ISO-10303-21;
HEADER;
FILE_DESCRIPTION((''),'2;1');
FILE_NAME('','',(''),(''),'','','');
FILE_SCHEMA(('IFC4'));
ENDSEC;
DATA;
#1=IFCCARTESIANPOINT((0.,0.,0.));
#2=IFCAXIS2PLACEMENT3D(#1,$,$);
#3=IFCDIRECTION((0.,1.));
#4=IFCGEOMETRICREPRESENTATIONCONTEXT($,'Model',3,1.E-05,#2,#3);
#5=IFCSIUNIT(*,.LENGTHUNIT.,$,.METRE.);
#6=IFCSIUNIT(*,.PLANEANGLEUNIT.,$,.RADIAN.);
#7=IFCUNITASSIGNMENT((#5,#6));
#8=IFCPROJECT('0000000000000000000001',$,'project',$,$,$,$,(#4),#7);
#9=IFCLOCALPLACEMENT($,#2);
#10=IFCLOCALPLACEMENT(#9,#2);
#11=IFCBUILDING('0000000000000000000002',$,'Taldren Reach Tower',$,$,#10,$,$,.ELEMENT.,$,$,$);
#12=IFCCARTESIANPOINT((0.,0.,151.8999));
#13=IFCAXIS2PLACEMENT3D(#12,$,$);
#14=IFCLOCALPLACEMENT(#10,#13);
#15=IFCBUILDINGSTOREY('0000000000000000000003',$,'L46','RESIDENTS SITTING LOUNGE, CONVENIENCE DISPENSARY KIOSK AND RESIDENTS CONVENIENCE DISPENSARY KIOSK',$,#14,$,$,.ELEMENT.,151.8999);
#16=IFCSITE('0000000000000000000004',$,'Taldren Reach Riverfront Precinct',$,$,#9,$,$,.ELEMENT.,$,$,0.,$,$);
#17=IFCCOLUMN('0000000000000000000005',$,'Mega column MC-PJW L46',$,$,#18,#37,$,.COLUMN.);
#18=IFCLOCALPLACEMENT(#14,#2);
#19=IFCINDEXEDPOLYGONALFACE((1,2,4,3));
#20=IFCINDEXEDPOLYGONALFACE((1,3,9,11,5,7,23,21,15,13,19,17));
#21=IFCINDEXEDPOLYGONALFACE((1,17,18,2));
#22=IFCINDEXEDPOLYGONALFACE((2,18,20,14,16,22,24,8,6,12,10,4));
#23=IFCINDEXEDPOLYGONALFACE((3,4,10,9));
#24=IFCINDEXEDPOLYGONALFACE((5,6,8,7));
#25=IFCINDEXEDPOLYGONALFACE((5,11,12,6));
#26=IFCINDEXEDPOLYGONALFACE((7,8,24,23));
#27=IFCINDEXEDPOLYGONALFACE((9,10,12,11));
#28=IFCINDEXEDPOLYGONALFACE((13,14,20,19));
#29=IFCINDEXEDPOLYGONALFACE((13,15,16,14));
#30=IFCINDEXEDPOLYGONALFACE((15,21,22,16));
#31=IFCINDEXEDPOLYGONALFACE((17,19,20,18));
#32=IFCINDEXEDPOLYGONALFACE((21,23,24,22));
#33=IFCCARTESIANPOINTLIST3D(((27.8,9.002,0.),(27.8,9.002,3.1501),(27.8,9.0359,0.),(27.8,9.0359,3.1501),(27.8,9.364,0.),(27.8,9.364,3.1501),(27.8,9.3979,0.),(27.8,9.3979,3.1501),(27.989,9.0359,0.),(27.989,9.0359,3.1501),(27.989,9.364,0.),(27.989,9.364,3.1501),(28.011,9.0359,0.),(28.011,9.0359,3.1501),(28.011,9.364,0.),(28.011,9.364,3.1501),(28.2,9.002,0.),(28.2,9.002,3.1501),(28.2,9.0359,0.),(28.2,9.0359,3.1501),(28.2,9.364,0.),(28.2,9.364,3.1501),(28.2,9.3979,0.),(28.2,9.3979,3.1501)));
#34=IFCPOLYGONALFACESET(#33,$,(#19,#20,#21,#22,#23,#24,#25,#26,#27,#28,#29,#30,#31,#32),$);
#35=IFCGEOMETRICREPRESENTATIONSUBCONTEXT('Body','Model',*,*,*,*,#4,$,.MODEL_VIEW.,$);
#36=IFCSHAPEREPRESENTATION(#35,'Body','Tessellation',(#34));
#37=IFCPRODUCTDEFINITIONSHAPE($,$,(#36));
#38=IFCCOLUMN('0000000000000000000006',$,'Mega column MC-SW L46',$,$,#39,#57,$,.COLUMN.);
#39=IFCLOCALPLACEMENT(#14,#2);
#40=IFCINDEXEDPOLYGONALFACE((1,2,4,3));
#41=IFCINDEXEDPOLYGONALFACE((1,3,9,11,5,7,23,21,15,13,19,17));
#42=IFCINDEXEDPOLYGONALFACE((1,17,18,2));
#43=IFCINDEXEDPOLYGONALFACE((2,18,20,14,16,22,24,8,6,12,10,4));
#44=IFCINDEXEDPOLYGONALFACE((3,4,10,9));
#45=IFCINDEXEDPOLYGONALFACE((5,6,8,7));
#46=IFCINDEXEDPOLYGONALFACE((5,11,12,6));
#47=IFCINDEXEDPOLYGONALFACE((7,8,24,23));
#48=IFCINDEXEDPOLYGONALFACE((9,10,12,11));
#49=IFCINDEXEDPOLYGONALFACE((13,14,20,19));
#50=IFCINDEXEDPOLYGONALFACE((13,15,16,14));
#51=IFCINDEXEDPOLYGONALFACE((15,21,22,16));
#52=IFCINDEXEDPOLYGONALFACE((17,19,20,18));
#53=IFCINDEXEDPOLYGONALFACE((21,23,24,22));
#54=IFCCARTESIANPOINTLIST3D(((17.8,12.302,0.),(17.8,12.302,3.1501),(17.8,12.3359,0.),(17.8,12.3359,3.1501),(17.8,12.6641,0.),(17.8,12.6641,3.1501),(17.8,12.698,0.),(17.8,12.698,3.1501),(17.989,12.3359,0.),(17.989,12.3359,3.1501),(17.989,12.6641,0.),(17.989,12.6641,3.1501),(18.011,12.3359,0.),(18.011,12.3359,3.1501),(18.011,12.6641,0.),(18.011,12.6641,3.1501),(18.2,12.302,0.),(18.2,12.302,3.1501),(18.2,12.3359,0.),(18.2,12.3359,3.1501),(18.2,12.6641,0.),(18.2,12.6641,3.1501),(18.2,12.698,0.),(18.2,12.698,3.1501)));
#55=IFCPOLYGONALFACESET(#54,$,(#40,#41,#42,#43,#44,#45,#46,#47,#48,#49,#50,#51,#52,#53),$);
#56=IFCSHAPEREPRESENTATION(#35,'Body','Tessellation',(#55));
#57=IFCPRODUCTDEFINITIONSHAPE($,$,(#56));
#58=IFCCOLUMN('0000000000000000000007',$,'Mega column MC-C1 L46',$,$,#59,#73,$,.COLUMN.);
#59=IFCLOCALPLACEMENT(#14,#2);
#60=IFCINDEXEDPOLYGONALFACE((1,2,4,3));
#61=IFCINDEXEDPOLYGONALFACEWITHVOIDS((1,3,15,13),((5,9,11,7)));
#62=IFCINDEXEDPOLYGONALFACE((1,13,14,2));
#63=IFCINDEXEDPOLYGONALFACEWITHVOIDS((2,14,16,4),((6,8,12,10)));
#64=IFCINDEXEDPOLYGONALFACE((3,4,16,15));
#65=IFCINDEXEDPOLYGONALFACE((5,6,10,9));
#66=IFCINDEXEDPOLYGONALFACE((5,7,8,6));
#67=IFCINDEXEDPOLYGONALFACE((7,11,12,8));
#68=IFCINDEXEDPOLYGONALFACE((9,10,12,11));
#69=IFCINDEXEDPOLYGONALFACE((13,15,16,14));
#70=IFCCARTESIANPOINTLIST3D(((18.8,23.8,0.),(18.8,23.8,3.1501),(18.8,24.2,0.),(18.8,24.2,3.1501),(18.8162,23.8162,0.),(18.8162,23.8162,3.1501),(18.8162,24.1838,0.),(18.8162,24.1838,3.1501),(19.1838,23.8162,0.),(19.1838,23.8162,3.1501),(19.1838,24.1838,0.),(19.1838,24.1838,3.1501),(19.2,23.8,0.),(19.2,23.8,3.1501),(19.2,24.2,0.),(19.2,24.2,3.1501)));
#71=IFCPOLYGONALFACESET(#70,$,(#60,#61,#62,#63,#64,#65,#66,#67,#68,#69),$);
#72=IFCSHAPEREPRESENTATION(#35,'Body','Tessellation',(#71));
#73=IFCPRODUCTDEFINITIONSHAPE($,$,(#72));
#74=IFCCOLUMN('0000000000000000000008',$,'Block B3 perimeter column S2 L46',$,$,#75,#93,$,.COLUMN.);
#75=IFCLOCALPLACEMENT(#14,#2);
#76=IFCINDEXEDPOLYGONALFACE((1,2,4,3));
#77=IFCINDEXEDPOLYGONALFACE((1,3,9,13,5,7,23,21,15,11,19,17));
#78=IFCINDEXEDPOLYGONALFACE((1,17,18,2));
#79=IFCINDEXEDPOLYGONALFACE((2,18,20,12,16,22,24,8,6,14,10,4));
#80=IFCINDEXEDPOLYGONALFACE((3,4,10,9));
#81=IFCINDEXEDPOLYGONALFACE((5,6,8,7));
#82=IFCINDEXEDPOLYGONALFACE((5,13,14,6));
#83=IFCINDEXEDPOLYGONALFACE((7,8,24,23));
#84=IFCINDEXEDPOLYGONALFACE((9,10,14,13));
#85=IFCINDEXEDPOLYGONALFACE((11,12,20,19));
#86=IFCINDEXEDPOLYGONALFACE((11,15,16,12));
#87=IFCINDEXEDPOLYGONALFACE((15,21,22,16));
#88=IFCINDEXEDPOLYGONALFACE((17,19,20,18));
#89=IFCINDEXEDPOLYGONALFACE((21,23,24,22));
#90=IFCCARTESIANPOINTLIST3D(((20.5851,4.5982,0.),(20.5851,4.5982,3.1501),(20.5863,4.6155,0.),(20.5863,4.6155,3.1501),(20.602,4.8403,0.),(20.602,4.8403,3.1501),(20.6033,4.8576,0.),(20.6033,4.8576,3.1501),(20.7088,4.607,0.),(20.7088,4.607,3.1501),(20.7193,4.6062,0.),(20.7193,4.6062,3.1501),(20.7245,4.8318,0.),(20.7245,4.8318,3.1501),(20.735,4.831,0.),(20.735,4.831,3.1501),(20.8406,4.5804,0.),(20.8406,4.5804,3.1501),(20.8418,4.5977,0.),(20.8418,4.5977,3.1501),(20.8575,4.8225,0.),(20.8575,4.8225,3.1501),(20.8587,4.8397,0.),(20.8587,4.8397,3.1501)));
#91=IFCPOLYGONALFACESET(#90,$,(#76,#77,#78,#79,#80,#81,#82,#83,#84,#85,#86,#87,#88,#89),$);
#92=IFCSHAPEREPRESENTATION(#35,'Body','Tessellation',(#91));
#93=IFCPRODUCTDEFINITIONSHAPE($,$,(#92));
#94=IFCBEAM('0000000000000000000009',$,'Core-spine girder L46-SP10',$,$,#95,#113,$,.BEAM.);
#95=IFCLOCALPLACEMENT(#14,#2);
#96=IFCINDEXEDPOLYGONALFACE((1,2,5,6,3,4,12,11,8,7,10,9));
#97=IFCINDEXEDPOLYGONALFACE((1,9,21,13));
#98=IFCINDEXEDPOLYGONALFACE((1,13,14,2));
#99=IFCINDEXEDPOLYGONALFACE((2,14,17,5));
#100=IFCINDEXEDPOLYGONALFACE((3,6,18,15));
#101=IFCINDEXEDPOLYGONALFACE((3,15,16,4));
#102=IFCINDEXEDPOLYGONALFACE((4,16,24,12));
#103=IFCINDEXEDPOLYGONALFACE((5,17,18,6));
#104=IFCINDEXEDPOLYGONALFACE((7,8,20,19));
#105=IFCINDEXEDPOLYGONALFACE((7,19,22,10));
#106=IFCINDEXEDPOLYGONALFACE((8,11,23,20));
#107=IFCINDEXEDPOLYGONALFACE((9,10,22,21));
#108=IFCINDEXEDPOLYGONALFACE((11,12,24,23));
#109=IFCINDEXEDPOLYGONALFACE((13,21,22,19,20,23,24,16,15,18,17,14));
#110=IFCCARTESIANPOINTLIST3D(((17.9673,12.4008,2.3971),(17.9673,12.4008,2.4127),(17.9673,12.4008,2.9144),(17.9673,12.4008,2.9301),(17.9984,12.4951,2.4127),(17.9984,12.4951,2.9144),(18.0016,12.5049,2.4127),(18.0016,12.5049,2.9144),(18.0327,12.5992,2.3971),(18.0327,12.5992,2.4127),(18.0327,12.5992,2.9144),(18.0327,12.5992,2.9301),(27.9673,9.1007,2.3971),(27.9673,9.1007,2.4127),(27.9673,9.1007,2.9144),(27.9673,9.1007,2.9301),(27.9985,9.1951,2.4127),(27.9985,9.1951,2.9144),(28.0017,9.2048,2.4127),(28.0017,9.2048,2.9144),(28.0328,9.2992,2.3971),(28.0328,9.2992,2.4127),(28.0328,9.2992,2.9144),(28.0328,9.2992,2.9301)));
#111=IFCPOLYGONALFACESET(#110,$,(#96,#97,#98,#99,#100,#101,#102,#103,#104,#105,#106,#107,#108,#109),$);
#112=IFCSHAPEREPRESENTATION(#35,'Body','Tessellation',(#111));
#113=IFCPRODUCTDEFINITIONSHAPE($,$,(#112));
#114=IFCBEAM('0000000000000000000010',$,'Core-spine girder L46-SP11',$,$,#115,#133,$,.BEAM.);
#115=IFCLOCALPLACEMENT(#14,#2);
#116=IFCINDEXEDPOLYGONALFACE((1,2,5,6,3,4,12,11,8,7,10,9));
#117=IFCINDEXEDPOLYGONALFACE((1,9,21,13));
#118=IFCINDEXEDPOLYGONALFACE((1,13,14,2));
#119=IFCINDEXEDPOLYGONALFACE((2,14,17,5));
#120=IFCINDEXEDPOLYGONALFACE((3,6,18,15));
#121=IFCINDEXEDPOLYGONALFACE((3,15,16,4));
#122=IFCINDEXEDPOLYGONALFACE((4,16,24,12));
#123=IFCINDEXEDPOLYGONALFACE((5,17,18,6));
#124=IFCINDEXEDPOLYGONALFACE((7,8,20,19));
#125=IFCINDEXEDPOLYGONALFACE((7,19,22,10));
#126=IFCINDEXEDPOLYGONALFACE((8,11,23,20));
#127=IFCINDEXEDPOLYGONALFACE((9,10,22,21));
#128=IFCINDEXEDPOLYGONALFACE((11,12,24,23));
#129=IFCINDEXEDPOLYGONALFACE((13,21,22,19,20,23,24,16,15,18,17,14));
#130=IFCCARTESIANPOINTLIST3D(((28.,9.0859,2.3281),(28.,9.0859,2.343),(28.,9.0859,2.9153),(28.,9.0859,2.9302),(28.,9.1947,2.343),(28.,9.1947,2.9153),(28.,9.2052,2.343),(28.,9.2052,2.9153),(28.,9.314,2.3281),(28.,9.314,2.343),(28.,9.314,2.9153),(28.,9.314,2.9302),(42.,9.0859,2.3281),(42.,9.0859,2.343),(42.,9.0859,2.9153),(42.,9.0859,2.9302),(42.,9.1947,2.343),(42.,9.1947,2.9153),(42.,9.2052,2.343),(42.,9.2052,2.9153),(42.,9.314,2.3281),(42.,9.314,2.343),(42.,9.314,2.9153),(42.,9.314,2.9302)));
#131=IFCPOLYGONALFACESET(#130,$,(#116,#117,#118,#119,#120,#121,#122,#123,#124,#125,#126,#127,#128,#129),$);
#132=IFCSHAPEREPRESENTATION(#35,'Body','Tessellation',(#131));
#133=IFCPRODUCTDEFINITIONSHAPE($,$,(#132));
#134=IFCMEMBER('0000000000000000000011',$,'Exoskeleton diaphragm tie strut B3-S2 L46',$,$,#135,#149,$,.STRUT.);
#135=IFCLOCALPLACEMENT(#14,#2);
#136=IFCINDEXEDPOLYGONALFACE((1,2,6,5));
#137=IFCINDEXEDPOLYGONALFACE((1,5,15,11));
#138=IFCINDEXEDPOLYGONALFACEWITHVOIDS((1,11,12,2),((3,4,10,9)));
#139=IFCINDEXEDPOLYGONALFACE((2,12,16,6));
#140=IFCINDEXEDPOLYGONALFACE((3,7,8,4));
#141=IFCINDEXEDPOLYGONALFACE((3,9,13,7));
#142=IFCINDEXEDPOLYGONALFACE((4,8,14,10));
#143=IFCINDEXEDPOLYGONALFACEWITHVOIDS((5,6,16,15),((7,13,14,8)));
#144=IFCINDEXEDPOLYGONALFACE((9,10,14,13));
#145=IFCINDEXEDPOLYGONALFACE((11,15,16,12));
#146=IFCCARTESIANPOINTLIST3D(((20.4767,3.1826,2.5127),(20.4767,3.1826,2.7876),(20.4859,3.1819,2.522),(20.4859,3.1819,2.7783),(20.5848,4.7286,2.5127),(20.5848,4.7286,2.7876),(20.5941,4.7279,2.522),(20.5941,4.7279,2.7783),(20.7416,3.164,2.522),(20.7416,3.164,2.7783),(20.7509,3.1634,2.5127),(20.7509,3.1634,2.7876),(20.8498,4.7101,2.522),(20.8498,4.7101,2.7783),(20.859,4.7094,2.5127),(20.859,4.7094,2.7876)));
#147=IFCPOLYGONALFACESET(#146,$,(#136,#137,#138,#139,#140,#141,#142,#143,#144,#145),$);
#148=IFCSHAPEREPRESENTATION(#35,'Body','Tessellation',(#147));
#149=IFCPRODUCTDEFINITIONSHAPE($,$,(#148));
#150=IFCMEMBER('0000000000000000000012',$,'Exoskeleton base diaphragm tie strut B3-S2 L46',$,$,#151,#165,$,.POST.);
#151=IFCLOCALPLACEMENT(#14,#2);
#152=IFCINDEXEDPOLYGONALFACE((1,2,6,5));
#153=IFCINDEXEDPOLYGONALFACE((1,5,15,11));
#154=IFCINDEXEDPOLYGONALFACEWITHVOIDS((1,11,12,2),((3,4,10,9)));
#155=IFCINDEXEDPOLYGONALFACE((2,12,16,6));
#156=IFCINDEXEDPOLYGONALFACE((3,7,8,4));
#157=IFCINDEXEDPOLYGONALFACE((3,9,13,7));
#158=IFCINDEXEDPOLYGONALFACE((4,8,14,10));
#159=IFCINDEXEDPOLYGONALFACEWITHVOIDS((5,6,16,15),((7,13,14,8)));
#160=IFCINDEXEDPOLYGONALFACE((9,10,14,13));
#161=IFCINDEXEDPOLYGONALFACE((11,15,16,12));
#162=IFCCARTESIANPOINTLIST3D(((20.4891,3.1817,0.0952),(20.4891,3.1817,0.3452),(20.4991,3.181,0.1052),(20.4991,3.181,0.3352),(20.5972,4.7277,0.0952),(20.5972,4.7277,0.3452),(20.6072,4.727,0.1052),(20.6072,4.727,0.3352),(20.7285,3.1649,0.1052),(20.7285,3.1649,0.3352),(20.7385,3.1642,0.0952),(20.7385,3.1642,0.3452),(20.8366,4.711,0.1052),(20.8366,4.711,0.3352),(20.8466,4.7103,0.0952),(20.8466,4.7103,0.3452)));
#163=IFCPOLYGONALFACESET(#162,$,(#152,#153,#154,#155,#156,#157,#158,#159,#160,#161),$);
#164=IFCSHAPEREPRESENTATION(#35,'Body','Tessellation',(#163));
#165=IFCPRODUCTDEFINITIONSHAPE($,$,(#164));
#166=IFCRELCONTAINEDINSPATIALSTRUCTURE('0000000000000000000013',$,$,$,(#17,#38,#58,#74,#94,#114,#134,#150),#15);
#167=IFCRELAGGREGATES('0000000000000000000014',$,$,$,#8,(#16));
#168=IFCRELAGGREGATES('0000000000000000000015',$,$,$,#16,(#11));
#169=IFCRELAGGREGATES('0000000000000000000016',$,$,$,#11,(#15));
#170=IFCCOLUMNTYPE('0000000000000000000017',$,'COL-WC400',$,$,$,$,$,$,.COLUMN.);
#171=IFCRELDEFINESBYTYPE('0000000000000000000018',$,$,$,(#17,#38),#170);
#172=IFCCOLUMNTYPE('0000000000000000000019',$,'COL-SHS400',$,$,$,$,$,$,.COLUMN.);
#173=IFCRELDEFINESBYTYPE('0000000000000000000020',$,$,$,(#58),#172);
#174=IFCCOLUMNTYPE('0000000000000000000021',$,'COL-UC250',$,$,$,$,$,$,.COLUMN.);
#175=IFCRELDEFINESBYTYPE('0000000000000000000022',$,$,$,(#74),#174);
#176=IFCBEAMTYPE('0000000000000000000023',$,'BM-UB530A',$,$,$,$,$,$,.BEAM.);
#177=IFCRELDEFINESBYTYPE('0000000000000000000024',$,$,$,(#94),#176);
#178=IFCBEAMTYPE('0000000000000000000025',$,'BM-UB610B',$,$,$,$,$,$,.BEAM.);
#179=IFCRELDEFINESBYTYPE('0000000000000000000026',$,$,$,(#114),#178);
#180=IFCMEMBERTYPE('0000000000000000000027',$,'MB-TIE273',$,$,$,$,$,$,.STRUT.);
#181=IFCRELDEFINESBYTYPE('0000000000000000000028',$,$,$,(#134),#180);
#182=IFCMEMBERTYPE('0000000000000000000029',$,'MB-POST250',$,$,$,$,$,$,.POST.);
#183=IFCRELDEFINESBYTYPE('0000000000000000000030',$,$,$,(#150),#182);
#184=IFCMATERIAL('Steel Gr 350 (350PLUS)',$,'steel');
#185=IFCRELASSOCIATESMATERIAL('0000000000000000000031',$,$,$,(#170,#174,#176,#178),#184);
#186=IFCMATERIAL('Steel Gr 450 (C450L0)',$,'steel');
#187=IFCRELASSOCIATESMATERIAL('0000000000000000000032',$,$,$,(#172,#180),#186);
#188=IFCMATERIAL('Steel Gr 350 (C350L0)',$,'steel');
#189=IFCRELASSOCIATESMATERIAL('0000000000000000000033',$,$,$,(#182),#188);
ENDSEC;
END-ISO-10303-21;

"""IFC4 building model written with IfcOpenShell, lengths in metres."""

from ifc_helpers import new_model, si_unit, direction, frame, origin, origin_2d, place, context, subcontext, project, spatial, hollow_rectangle, i_section, extrude, source, transform, mapped, material, material_profile, profile_set, type_object, element, save


model = new_model("IFC4")

# Units and contexts
model_context = context("Model", 3, precision=1e-05, world=origin(), true_north=direction((0.0, 1.0)))
body_context = subcontext(model_context, "Body", "Model", "MODEL_VIEW")
ifc_project = project(units=[si_unit("LENGTHUNIT", "METRE"), si_unit("PLANEANGLEUNIT", "RADIAN")], contexts=[model_context])

# Site, building, storey
site_placement = place(None, origin())
site = spatial("IfcSite", under=ifc_project, at=site_placement, Name="Taldren Reach Riverfront Precinct", CompositionType="ELEMENT", RefElevation=0.0)
building_placement = place(site_placement, origin())
building = spatial("IfcBuilding", under=site, at=building_placement, Name="Taldren Reach Tower", CompositionType="ELEMENT")
storey_placement = place(building_placement, frame((0.0, 0.0, 151.8999)))
storey = spatial("IfcBuildingStorey", under=building, at=storey_placement, Name="L46", Description="RESIDENTS SITTING LOUNGE, CONVENIENCE DISPENSARY KIOSK AND RESIDENTS CONVENIENCE DISPENSARY KIOSK", CompositionType="ELEMENT", Elevation=151.8999)

# Columns
ifc_material_1 = material(Name="Steel Gr 350 (350PLUS)", Category="steel")
ifc_material_profile_1 = material_profile(ifc_material_1, i_section(OverallWidth=0.3999, OverallDepth=0.396, WebThickness=0.022, FlangeThickness=0.0339, at=origin_2d()), Name="400WC270")
ifc_profile_set_1 = profile_set([ifc_material_profile_1], Name="Steel Gr 350 (350PLUS)")
column_type_1 = type_object("IfcColumnType", Name="COL-WC400", PredefinedType="COLUMN", material=ifc_profile_set_1)
shared_shape_1 = source(origin(), body_context, "Body", "SweptSolid", [
    extrude(i_section(OverallWidth=0.3999, OverallDepth=0.396, WebThickness=0.022, FlangeThickness=0.0339, at=origin_2d()), origin(), (0.0, 0.0, 1.0), 3.1501),
])
for number, where, z_axis, x_axis, name in (
    (1, (28.0, 9.2, 0.0), (0.0, 0.0, 1.0), (1.0, 0.0, 0.0), "Mega column MC-PJW L46"),
    (2, (18.0, 12.5, 0.0), (0.0, 0.0, 1.0), (1.0, 0.0, 0.0), "Mega column MC-SW L46"),
):
    element("IfcColumn", number, at=place(storey_placement, frame(where, z_axis=z_axis, x_axis=x_axis)), inside=storey, type_object=column_type_1, Name=name, PredefinedType="COLUMN", context=body_context, shape_type="MappedRepresentation", body=[
        mapped(shared_shape_1, transform((0.0, 0.0, 0.0), scale=1.0)),
    ])
ifc_material_2 = material(Name="Steel Gr 450 (C450L0)", Category="steel")
ifc_material_profile_2 = material_profile(ifc_material_2, hollow_rectangle(XDim=0.3999, YDim=0.3999, WallThickness=0.0161, at=origin_2d()), Name="400x400x16.0SHS")
ifc_profile_set_2 = profile_set([ifc_material_profile_2], Name="Steel Gr 450 (C450L0)")
column_type_2 = type_object("IfcColumnType", Name="COL-SHS400", PredefinedType="COLUMN", material=ifc_profile_set_2)
shared_shape_2 = source(origin(), body_context, "Body", "SweptSolid", [
    extrude(hollow_rectangle(XDim=0.3999, YDim=0.3999, WallThickness=0.0161, at=origin_2d()), origin(), (0.0, 0.0, 1.0), 3.1501),
])
column_1_placement = place(storey_placement, frame((19.0, 24.0, 0.0), z_axis=(0.0, 0.0, 1.0), x_axis=(1.0, 0.0, 0.0)))
element("IfcColumn", 3, at=column_1_placement, inside=storey, type_object=column_type_2, Name="Mega column MC-C1 L46", PredefinedType="COLUMN", context=body_context, shape_type="MappedRepresentation", body=[
    mapped(shared_shape_2, transform((0.0, 0.0, 0.0), scale=1.0)),
])
ifc_material_profile_3 = material_profile(ifc_material_1, i_section(OverallWidth=0.2561, OverallDepth=0.26, WebThickness=0.0105, FlangeThickness=0.0173, at=origin_2d()), Name="250UC89.5")
ifc_profile_set_3 = profile_set([ifc_material_profile_3], Name="Steel Gr 350 (350PLUS)")
column_type_3 = type_object("IfcColumnType", Name="COL-UC250", PredefinedType="COLUMN", material=ifc_profile_set_3)
shared_shape_3 = source(origin(), body_context, "Body", "SweptSolid", [
    extrude(i_section(OverallWidth=0.2561, OverallDepth=0.26, WebThickness=0.0105, FlangeThickness=0.0173, at=origin_2d()), origin(), (0.0, 0.0, 1.0), 3.1501),
])
column_2_placement = place(storey_placement, frame((20.7219, 4.719, 0.0), z_axis=(0.0, 0.0, 1.0), x_axis=(0.997564, -0.069756, 0.0)))
element("IfcColumn", 4, at=column_2_placement, inside=storey, type_object=column_type_3, Name="Block B3 perimeter column S2 L46", PredefinedType="COLUMN", context=body_context, shape_type="MappedRepresentation", body=[
    mapped(shared_shape_3, transform((0.0, 0.0, 0.0), scale=1.0)),
])

# Beams
ifc_material_profile_4 = material_profile(ifc_material_1, i_section(OverallWidth=0.209, OverallDepth=0.533, WebThickness=0.0103, FlangeThickness=0.0156, at=origin_2d()), Name="530UB92.4")
ifc_profile_set_4 = profile_set([ifc_material_profile_4], Name="Steel Gr 350 (350PLUS)")
beam_type_1 = type_object("IfcBeamType", Name="BM-UB530A", PredefinedType="BEAM", material=ifc_profile_set_4)
shared_shape_4 = source(origin(), body_context, "Body", "SweptSolid", [
    extrude(i_section(OverallWidth=0.209, OverallDepth=0.533, WebThickness=0.0103, FlangeThickness=0.0156, at=origin_2d()), origin(), (0.0, 0.0, 1.0), 10.5305),
])
beam_1_placement = place(storey_placement, frame((18.0, 12.5, 2.6636), z_axis=(0.949627, -0.313382, 0.0), x_axis=(0.313382, 0.949627, 0.0)))
element("IfcBeam", 5, at=beam_1_placement, inside=storey, type_object=beam_type_1, Name="Core-spine girder L46-SP10", PredefinedType="BEAM", context=body_context, shape_type="MappedRepresentation", body=[
    mapped(shared_shape_4, transform((0.0, 0.0, 0.0), scale=1.0)),
])
ifc_material_profile_5 = material_profile(ifc_material_1, i_section(OverallWidth=0.228, OverallDepth=0.6021, WebThickness=0.0105, FlangeThickness=0.0149, at=origin_2d()), Name="610UB101")
ifc_profile_set_5 = profile_set([ifc_material_profile_5], Name="Steel Gr 350 (350PLUS)")
beam_type_2 = type_object("IfcBeamType", Name="BM-UB610B", PredefinedType="BEAM", material=ifc_profile_set_5)
shared_shape_5 = source(origin(), body_context, "Body", "SweptSolid", [
    extrude(i_section(OverallWidth=0.228, OverallDepth=0.6021, WebThickness=0.0105, FlangeThickness=0.0149, at=origin_2d()), origin(), (0.0, 0.0, 1.0), 14.0),
])
beam_2_placement = place(storey_placement, frame((28.0, 9.2, 2.6292), z_axis=(1.0, 0.0, 0.0), x_axis=(0.0, 1.0, 0.0)))
element("IfcBeam", 6, at=beam_2_placement, inside=storey, type_object=beam_type_2, Name="Core-spine girder L46-SP11", PredefinedType="BEAM", context=body_context, shape_type="MappedRepresentation", body=[
    mapped(shared_shape_5, transform((0.0, 0.0, 0.0), scale=1.0)),
])

# Members
ifc_material_profile_6 = material_profile(ifc_material_2, hollow_rectangle(XDim=0.2749, YDim=0.2749, WallThickness=0.0093, at=origin_2d()), Name="275x275x9.3SHS")
ifc_profile_set_6 = profile_set([ifc_material_profile_6], Name="Steel Gr 450 (C450L0)")
member_type_1 = type_object("IfcMemberType", Name="MB-TIE273", PredefinedType="STRUT", material=ifc_profile_set_6)
shared_shape_6 = source(origin(), body_context, "Body", "SweptSolid", [
    extrude(hollow_rectangle(XDim=0.2749, YDim=0.2749, WallThickness=0.0093, at=origin_2d()), origin(), (0.0, 0.0, 1.0), 1.5498),
])
member_placement = place(storey_placement, frame((20.7219, 4.719, 2.6501), z_axis=(-0.069781, -0.997562, 0.0), x_axis=(0.997562, -0.069781, 0.0)))
element("IfcMember", 7, at=member_placement, inside=storey, type_object=member_type_1, Name="Exoskeleton diaphragm tie strut B3-S2 L46", PredefinedType="STRUT", context=body_context, shape_type="MappedRepresentation", body=[
    mapped(shared_shape_6, transform((0.0, 0.0, 0.0), scale=1.0)),
])
ifc_material_3 = material(Name="Steel Gr 350 (C350L0)", Category="steel")
ifc_material_profile_7 = material_profile(ifc_material_3, hollow_rectangle(XDim=0.25, YDim=0.25, WallThickness=0.01, at=origin_2d()), Name="250x250x10.0SHS")
ifc_profile_set_7 = profile_set([ifc_material_profile_7], Name="Steel Gr 350 (C350L0)")
member_type_2 = type_object("IfcMemberType", Name="MB-POST250", PredefinedType="POST", material=ifc_profile_set_7)
shared_shape_7 = source(origin(), body_context, "Body", "SweptSolid", [
    extrude(hollow_rectangle(XDim=0.25, YDim=0.25, WallThickness=0.01, at=origin_2d()), origin(), (0.0, 0.0, 1.0), 1.5498),
])
for number, where, z_axis, x_axis, name in (
    (8, (20.7219, 4.719, 0.2202), (-0.069781, -0.997562, 0.0), (0.997562, -0.069781, 0.0), "Exoskeleton base diaphragm tie strut B3-S2 L46"),
):
    element("IfcMember", number, at=place(storey_placement, frame(where, z_axis=z_axis, x_axis=x_axis)), inside=storey, type_object=member_type_2, Name=name, PredefinedType="POST", context=body_context, shape_type="MappedRepresentation", body=[
        mapped(shared_shape_7, transform((0.0, 0.0, 0.0), scale=1.0)),
    ])

save(model, "model.ifc")
